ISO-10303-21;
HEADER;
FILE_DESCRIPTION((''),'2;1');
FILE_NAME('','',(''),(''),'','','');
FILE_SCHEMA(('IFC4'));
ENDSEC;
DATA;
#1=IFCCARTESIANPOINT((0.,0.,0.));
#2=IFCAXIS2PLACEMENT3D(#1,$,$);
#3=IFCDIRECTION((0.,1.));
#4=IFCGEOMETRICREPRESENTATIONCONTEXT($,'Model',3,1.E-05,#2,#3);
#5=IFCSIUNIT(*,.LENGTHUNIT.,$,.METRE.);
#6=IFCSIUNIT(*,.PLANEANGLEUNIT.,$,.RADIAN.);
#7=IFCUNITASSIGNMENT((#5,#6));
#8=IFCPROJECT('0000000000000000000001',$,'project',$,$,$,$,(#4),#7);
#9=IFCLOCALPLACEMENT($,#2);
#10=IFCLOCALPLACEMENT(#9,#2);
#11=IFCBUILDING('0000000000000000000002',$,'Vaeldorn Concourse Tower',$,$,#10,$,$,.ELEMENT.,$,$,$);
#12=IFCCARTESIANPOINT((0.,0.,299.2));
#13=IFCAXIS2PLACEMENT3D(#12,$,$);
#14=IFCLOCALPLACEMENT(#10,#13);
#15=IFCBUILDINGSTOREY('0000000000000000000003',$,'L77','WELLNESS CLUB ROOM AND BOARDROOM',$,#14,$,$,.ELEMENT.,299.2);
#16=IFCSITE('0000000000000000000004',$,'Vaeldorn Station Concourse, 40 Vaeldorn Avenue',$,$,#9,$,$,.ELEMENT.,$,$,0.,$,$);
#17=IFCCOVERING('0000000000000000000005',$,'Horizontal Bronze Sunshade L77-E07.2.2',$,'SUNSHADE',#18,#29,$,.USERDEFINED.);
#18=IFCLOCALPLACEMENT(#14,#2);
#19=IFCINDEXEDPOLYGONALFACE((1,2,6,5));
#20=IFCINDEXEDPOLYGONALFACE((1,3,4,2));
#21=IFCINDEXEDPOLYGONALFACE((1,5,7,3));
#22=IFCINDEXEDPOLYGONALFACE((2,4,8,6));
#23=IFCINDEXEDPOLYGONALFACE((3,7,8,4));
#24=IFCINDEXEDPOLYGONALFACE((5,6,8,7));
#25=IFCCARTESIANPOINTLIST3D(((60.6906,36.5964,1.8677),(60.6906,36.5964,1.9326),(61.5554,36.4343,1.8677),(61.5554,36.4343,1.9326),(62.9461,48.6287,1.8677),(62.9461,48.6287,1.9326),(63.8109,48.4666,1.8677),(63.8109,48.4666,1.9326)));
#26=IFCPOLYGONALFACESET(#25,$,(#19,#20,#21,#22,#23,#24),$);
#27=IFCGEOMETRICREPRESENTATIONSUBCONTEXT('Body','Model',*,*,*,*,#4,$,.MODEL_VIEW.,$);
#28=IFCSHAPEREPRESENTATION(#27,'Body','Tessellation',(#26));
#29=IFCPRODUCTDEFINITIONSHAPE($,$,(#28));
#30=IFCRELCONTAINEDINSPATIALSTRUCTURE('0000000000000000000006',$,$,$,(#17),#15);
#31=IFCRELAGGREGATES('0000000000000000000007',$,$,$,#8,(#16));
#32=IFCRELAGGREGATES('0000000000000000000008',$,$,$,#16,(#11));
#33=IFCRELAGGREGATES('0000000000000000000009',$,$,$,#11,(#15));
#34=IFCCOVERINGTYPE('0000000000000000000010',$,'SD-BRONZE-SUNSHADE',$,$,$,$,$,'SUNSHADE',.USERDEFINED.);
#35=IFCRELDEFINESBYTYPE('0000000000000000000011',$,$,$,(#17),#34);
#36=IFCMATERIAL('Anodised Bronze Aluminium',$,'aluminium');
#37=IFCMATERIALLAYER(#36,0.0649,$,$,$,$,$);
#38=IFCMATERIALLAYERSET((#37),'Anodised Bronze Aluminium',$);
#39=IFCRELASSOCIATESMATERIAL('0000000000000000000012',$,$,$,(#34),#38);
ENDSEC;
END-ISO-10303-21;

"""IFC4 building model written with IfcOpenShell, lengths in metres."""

from ifc_helpers import new_model, si_unit, direction, frame, origin, origin_2d, place, context, subcontext, project, spatial, rectangle, extrude, source, transform, mapped, material, layer, layer_set, type_object, element, save


model = new_model("IFC4")

# Units and contexts
model_context = context("Model", 3, precision=1e-05, world=origin(), true_north=direction((0.0, 1.0)))
body_context = subcontext(model_context, "Body", "Model", "MODEL_VIEW")
ifc_project = project(units=[si_unit("LENGTHUNIT", "METRE"), si_unit("PLANEANGLEUNIT", "RADIAN")], contexts=[model_context])

# Site, building, storey
site_placement = place(None, origin())
site = spatial("IfcSite", under=ifc_project, at=site_placement, Name="Vaeldorn Station Concourse, 40 Vaeldorn Avenue", CompositionType="ELEMENT", RefElevation=0.0)
building_placement = place(site_placement, origin())
building = spatial("IfcBuilding", under=site, at=building_placement, Name="Vaeldorn Concourse Tower", CompositionType="ELEMENT")
storey_placement = place(building_placement, frame((0.0, 0.0, 299.2)))
storey = spatial("IfcBuildingStorey", under=building, at=storey_placement, Name="L77", Description="WELLNESS CLUB ROOM AND BOARDROOM", CompositionType="ELEMENT", Elevation=299.2)

# Shared definitions
ifc_material_1 = material(Name="Anodised Bronze Aluminium", Category="aluminium")

# Covering
ifc_layer_1 = layer(ifc_material_1, 0.0649)
ifc_layer_set_1 = layer_set([ifc_layer_1], Name="Anodised Bronze Aluminium")
covering_type = type_object("IfcCoveringType", Name="SD-BRONZE-SUNSHADE", ElementType="SUNSHADE", PredefinedType="USERDEFINED", material=ifc_layer_set_1)
shared_shape_1 = source(origin(), body_context, "Body", "SweptSolid", [
    extrude(rectangle(XDim=12.2419, YDim=0.8799, at=origin_2d()), origin(), (0.0, 0.0, 1.0), 0.0649),
])
for number, where, z_axis, x_axis, name in (
    (1, (62.2507, 42.5315, 1.8677), (0.0, 0.0, 1.0), (0.184243, 0.982881, 0.0), "Horizontal Bronze Sunshade L77-E07.2.2"),
):
    element("IfcCovering", number, at=place(storey_placement, frame(where, z_axis=z_axis, x_axis=x_axis)), inside=storey, type_object=covering_type, Name=name, ObjectType="SUNSHADE", PredefinedType="USERDEFINED", context=body_context, shape_type="MappedRepresentation", body=[
        mapped(shared_shape_1, transform((0.0, 0.0, 0.0), scale=1.0)),
    ])

save(model, "model.ifc")
